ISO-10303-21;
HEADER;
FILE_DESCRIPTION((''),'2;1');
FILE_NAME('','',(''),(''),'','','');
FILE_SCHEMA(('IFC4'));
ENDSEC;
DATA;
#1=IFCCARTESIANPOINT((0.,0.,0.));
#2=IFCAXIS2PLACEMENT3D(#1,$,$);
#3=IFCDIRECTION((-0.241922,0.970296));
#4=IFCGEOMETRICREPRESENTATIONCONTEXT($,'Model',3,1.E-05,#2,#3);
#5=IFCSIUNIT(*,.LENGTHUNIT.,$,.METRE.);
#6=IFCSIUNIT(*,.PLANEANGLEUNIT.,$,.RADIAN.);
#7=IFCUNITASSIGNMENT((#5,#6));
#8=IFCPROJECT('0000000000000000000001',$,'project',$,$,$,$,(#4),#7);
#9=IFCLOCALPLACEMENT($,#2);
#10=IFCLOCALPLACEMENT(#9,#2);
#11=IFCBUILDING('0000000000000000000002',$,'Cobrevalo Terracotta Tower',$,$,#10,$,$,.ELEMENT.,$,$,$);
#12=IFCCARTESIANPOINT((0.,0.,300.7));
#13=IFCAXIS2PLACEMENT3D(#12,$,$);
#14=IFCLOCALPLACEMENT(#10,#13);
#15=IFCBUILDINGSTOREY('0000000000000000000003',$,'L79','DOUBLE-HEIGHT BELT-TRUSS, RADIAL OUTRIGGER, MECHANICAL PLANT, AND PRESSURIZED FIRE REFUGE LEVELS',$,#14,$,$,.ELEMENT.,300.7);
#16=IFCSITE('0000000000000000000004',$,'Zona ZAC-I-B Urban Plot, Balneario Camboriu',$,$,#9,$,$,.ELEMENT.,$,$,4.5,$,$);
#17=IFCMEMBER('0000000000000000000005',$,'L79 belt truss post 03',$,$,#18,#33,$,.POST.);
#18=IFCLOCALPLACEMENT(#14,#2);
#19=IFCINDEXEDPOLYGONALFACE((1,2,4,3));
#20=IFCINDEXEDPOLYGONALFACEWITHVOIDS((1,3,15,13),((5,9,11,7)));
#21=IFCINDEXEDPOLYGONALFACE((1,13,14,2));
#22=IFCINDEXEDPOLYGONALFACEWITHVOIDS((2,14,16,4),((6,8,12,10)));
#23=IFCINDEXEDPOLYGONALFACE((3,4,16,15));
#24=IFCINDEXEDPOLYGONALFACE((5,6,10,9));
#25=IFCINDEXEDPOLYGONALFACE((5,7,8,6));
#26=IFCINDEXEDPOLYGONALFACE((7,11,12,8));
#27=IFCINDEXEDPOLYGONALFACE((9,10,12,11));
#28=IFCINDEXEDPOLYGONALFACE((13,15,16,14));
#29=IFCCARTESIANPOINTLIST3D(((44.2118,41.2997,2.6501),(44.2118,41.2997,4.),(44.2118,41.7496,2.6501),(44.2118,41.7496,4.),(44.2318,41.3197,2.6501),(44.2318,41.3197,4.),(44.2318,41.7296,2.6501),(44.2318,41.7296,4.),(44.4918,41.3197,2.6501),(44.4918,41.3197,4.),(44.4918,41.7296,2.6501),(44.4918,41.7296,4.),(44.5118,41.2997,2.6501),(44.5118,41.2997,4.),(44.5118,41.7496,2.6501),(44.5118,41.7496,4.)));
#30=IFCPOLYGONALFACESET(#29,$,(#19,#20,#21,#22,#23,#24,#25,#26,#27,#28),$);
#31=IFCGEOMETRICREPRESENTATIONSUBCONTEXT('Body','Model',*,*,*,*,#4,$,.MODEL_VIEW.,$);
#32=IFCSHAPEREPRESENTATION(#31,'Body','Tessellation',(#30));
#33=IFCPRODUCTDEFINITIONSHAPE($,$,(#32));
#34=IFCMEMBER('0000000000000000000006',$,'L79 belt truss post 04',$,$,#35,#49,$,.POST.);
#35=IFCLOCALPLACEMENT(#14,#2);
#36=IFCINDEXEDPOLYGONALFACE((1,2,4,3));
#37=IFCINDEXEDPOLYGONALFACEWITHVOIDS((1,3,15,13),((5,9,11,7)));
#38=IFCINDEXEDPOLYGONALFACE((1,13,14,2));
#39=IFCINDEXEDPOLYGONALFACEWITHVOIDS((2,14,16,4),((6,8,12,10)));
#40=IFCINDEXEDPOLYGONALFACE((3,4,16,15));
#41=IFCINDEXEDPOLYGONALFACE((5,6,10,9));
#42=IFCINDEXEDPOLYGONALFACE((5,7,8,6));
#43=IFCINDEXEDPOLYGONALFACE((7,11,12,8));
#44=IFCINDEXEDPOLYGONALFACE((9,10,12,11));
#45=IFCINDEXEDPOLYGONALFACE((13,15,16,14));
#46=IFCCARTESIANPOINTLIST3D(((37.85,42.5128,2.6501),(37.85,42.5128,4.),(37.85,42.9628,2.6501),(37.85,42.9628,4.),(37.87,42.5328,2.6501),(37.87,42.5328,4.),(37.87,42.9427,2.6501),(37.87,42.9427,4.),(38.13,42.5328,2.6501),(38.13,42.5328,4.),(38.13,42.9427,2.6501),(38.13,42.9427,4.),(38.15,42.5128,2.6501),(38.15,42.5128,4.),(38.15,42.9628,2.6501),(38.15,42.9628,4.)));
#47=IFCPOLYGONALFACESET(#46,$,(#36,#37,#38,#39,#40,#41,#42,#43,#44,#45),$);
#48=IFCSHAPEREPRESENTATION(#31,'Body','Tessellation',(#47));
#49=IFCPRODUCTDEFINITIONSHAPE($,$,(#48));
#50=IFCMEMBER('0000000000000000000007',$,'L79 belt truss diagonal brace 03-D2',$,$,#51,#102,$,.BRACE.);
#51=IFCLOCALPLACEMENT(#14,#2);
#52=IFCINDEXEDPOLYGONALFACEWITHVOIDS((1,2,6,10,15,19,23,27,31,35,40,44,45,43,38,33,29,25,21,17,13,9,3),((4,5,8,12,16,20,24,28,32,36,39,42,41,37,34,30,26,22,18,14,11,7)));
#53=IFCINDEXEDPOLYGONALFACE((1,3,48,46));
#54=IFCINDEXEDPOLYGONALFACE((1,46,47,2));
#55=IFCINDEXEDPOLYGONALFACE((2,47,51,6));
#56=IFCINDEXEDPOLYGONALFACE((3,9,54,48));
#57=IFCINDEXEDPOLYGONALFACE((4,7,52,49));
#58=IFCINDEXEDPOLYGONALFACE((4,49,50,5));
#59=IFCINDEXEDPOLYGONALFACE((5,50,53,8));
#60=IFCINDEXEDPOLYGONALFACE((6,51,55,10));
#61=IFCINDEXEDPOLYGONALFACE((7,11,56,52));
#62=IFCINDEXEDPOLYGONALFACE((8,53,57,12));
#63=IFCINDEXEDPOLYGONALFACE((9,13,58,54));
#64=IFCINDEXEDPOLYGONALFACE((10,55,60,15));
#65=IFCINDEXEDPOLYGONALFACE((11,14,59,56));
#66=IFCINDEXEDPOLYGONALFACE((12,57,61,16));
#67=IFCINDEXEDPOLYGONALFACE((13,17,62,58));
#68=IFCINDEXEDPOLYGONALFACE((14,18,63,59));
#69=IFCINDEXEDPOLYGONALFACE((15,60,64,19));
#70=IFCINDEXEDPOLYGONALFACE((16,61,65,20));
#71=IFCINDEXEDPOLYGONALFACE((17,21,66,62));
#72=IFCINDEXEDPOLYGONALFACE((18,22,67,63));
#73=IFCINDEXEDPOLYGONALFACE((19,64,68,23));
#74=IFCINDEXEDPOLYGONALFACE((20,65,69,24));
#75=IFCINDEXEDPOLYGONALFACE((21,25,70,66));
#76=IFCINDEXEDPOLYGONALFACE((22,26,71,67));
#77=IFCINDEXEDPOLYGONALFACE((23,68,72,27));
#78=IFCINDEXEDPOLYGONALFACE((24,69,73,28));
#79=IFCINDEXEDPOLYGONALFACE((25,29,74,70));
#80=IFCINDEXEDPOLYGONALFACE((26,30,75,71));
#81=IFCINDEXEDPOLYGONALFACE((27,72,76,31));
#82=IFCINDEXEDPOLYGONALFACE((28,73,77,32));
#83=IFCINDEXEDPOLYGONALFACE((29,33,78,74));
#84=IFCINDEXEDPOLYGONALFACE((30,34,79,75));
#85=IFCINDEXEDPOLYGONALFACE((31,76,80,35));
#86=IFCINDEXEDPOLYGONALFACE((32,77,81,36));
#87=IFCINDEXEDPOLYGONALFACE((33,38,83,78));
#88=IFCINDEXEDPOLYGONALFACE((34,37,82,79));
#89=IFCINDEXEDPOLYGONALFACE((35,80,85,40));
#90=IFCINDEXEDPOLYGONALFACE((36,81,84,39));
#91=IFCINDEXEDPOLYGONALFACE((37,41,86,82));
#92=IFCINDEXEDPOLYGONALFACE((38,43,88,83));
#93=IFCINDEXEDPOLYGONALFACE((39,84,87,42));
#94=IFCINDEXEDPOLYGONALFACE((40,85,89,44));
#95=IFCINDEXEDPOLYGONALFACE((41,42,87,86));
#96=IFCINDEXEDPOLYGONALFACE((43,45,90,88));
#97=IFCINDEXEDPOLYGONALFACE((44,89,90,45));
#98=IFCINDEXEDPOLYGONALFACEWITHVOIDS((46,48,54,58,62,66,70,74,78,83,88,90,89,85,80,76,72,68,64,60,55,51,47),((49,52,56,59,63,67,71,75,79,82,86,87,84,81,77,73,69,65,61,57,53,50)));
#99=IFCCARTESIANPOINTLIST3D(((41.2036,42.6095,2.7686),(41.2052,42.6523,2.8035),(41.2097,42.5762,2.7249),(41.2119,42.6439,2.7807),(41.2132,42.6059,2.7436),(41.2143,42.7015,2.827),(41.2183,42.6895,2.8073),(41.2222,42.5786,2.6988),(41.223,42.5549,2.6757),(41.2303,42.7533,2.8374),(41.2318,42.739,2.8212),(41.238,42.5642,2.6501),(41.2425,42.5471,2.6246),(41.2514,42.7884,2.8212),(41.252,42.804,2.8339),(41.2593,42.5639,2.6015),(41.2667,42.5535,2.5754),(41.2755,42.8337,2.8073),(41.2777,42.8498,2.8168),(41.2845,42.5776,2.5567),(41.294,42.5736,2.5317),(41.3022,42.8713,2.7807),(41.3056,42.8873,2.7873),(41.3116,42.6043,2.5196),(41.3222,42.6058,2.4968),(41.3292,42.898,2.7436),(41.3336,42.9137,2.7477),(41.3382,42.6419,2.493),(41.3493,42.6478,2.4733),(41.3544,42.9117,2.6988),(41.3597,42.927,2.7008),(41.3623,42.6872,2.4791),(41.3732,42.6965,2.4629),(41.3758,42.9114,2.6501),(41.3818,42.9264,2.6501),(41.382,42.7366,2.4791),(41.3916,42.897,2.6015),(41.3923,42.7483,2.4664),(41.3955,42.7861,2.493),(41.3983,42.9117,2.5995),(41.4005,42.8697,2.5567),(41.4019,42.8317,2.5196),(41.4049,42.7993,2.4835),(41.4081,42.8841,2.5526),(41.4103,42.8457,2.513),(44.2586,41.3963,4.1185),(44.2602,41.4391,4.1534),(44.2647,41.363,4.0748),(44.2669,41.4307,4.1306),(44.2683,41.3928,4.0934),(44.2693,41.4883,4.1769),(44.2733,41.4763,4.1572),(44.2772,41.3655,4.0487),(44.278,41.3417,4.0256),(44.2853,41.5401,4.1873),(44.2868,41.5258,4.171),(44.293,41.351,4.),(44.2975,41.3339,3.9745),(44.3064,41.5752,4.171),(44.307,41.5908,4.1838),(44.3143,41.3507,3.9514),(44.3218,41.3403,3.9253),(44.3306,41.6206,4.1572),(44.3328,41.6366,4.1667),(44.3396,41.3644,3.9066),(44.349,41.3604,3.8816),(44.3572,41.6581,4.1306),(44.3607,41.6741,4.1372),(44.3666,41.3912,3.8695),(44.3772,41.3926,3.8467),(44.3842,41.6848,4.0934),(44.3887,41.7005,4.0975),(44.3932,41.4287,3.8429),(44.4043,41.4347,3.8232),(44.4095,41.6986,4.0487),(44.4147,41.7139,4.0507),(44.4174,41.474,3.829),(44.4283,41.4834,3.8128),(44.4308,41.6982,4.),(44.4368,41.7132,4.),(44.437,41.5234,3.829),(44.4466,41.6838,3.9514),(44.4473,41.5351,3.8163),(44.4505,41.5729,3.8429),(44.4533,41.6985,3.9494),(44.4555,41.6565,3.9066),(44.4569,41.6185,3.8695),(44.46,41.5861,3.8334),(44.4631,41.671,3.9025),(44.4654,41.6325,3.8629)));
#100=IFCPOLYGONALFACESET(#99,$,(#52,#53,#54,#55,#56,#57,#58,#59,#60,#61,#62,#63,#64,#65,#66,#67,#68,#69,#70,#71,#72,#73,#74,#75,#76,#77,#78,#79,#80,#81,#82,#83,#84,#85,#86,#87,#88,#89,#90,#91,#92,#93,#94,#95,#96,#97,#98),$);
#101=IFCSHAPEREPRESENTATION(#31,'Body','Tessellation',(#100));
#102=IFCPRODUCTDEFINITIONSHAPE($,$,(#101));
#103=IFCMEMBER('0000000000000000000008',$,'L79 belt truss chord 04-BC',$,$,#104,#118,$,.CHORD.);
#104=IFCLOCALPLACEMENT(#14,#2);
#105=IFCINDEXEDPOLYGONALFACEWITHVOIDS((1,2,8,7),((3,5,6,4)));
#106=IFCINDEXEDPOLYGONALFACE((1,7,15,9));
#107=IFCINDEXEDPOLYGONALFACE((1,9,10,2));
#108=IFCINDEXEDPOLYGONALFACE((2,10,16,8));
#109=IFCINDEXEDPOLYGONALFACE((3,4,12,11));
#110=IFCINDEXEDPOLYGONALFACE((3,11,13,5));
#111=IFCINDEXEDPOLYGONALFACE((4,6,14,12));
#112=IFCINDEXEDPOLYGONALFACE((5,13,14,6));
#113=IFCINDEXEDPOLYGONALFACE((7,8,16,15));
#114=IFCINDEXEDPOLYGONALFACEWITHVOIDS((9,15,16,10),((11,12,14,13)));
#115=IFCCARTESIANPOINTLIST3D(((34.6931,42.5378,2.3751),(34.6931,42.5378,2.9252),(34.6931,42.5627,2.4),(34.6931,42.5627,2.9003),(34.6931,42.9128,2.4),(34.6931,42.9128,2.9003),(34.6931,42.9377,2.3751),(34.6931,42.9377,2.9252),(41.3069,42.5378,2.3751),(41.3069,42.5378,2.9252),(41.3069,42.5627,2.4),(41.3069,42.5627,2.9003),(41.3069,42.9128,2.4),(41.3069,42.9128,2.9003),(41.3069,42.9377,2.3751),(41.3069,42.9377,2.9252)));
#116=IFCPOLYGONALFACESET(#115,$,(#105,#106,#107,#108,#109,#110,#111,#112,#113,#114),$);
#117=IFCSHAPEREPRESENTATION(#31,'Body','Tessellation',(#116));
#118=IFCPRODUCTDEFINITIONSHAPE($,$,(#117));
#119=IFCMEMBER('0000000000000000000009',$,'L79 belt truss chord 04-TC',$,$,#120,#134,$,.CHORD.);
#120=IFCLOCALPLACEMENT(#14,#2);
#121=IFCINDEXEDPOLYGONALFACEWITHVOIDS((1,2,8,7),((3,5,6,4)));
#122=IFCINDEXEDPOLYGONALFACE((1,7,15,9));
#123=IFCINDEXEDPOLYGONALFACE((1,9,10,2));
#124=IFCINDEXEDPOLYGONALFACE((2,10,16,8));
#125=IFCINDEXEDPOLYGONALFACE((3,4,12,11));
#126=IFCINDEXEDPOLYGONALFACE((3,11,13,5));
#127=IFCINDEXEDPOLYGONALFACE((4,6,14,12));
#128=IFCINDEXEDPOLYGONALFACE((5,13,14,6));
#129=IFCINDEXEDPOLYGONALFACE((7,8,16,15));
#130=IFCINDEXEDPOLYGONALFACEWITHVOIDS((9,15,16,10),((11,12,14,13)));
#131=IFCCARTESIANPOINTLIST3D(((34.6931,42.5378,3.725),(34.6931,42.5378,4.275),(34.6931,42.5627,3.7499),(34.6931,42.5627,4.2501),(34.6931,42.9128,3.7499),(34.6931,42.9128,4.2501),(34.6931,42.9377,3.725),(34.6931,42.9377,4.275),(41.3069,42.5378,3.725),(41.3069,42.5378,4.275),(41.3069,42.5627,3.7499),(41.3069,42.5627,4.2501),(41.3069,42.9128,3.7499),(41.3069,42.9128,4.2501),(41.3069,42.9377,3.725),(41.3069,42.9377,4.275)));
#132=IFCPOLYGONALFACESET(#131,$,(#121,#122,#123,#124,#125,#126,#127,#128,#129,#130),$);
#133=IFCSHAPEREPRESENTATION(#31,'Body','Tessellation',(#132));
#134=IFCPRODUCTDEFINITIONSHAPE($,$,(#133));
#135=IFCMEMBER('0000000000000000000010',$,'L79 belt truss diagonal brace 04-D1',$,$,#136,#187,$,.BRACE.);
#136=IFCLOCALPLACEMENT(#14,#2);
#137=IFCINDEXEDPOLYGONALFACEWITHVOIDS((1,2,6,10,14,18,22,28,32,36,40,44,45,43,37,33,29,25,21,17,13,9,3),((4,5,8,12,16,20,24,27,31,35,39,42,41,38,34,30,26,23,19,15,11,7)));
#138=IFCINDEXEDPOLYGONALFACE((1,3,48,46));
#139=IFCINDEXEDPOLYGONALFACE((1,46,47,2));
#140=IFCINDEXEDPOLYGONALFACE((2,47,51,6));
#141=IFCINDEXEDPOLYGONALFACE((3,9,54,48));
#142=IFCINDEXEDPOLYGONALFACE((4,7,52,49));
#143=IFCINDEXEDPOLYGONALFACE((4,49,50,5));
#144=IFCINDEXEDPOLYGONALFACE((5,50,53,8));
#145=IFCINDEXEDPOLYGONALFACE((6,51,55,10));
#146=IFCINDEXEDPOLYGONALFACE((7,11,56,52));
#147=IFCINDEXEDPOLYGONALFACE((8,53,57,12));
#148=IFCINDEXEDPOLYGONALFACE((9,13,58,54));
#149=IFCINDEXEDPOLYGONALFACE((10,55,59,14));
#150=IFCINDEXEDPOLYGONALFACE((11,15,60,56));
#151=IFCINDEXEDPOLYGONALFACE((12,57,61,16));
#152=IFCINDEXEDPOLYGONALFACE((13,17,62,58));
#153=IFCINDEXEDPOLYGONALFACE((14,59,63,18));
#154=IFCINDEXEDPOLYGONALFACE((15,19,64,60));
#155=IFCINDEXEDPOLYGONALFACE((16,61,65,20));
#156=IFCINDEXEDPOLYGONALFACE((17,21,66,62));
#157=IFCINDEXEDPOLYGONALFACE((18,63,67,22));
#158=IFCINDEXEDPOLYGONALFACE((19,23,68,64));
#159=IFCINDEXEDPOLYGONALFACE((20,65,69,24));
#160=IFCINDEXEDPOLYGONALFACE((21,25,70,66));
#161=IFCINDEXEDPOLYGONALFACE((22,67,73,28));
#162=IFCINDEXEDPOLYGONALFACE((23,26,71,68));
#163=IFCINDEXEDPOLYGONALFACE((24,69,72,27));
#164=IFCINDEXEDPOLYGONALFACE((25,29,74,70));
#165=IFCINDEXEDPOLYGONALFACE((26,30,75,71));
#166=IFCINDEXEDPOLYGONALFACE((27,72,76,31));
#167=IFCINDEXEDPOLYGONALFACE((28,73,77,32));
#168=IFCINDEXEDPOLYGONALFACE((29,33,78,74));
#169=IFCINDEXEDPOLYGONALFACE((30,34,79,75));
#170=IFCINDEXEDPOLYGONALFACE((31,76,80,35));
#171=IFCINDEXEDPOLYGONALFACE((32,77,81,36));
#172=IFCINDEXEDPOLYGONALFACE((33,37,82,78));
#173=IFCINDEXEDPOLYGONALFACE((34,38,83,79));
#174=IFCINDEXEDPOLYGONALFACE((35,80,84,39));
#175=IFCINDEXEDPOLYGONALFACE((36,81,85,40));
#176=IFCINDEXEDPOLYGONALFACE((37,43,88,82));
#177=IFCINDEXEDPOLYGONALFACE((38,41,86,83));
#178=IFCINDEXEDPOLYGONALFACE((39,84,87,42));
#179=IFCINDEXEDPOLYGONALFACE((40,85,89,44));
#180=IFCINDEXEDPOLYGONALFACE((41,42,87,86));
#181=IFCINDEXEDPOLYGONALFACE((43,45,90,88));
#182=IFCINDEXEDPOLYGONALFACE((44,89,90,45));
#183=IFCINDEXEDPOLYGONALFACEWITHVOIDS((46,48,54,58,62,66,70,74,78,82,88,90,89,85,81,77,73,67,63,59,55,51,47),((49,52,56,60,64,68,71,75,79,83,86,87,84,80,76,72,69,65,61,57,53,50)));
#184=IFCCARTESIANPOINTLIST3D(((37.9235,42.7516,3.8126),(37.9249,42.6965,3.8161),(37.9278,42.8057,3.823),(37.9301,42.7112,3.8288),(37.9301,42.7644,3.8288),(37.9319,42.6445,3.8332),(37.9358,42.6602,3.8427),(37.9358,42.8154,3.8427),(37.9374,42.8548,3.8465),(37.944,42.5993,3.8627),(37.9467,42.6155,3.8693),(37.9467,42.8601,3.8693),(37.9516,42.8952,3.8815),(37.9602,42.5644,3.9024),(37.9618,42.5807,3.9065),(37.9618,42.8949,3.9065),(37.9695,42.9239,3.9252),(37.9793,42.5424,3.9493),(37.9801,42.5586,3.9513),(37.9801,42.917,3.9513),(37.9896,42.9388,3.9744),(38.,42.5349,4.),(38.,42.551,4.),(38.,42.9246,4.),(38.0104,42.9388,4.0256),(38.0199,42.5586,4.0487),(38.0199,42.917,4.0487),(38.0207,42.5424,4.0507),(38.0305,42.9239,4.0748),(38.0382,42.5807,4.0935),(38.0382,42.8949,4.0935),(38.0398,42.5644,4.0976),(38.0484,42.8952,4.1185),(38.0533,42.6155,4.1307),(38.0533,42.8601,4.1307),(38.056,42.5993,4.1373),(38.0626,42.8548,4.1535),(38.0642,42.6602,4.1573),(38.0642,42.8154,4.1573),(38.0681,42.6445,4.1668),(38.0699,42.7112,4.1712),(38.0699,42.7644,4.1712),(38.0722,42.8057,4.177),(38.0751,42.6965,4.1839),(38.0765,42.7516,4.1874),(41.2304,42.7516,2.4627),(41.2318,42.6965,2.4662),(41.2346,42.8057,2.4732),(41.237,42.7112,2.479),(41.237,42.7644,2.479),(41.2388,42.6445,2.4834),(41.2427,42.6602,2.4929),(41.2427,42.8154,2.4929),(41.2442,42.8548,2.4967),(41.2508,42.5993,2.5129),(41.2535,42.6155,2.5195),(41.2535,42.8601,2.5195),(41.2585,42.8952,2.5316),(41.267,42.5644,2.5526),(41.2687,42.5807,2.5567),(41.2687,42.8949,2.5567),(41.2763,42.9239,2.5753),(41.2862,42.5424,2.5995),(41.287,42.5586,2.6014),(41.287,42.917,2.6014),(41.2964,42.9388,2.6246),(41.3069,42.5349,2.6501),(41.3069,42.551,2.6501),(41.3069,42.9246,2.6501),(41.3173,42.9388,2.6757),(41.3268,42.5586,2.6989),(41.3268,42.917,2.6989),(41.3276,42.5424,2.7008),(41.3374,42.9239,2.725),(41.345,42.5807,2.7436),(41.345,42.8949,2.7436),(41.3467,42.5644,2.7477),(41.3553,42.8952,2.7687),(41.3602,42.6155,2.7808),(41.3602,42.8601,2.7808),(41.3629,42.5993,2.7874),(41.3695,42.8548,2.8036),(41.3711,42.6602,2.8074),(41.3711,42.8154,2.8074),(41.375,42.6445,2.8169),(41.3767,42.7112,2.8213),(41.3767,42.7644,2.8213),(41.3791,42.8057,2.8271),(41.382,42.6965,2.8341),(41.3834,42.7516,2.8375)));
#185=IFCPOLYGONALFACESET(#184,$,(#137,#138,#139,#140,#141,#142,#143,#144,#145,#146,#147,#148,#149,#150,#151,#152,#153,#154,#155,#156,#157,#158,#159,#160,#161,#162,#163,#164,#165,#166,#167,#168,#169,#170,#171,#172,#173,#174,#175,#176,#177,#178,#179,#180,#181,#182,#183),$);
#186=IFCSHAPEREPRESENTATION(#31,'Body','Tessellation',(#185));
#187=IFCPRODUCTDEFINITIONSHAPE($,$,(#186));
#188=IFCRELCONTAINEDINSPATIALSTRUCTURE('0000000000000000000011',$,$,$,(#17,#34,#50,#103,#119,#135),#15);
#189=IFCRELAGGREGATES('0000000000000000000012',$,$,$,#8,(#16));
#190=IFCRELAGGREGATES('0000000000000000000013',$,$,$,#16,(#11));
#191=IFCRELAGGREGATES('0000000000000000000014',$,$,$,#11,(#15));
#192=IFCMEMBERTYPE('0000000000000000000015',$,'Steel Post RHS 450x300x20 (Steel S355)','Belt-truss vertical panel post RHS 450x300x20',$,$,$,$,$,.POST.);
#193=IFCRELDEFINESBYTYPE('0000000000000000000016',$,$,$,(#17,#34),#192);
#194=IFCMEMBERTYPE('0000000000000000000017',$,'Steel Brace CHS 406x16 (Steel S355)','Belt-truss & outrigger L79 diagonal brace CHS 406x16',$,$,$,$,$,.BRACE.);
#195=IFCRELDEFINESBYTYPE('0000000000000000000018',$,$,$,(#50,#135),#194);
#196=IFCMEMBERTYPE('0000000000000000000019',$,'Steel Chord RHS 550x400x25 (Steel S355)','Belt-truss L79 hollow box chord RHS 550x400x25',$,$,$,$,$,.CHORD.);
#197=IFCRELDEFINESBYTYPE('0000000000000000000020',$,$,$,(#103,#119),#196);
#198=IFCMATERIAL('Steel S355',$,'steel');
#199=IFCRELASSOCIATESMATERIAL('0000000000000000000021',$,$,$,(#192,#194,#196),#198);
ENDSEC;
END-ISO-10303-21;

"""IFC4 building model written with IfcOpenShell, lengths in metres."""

from ifc_helpers import new_model, si_unit, direction, frame, origin, origin_2d, place, context, subcontext, project, spatial, hollow_rectangle, hollow_circle, extrude, source, transform, mapped, material, material_profile, profile_set, type_object, element, save


model = new_model("IFC4")

# Units and contexts
model_context = context("Model", 3, precision=1e-05, world=origin(), true_north=direction((-0.241922, 0.970296)))
body_context = subcontext(model_context, "Body", "Model", "MODEL_VIEW")
ifc_project = project(units=[si_unit("LENGTHUNIT", "METRE"), si_unit("PLANEANGLEUNIT", "RADIAN")], contexts=[model_context])

# Site, building, storey
site_placement = place(None, origin())
site = spatial("IfcSite", under=ifc_project, at=site_placement, Name="Zona ZAC-I-B Urban Plot, Balneario Camboriu", CompositionType="ELEMENT", RefElevation=4.5)
building_placement = place(site_placement, origin())
building = spatial("IfcBuilding", under=site, at=building_placement, Name="Cobrevalo Terracotta Tower", CompositionType="ELEMENT")
storey_placement = place(building_placement, frame((0.0, 0.0, 300.7)))
storey = spatial("IfcBuildingStorey", under=building, at=storey_placement, Name="L79", Description="DOUBLE-HEIGHT BELT-TRUSS, RADIAL OUTRIGGER, MECHANICAL PLANT, AND PRESSURIZED FIRE REFUGE LEVELS", CompositionType="ELEMENT", Elevation=300.7)

# Shared definitions
ifc_material_1 = material(Name="Steel S355", Category="steel")

# Members
ifc_material_profile_1 = material_profile(ifc_material_1, hollow_rectangle(XDim=0.3, YDim=0.45, WallThickness=0.02, at=origin_2d()), Name="RHS 450x300x20")
ifc_profile_set_1 = profile_set([ifc_material_profile_1], Name="Steel S355")
member_type_1 = type_object("IfcMemberType", Name="Steel Post RHS 450x300x20 (Steel S355)", Description="Belt-truss vertical panel post RHS 450x300x20", PredefinedType="POST", material=ifc_profile_set_1)
shared_shape_1 = source(origin(), body_context, "Body", "SweptSolid", [
    extrude(hollow_rectangle(XDim=0.3, YDim=0.45, WallThickness=0.02, at=origin_2d()), origin(), (0.0, 0.0, 1.0), 1.3499),
])
for number, where, z_axis, x_axis, name in (
    (1, (44.3618, 41.5247, 2.6501), (0.0, 0.0, 1.0), (1.0, 0.0, 0.0), "L79 belt truss post 03"),
    (2, (38.0, 42.7378, 2.6501), (0.0, 0.0, 1.0), (1.0, 0.0, 0.0), "L79 belt truss post 04"),
):
    element("IfcMember", number, at=place(storey_placement, frame(where, z_axis=z_axis, x_axis=x_axis)), inside=storey, type_object=member_type_1, Name=name, PredefinedType="POST", context=body_context, shape_type="MappedRepresentation", body=[
        mapped(shared_shape_1, transform((0.0, 0.0, 0.0), scale=1.0)),
    ])
ifc_material_profile_2 = material_profile(ifc_material_1, hollow_circle(Radius=0.2029, WallThickness=0.0161, at=origin_2d()), Name="CHS 406x16")
ifc_profile_set_2 = profile_set([ifc_material_profile_2], Name="Steel S355")
member_type_2 = type_object("IfcMemberType", Name="Steel Brace CHS 406x16 (Steel S355)", Description="Belt-truss & outrigger L79 diagonal brace CHS 406x16", PredefinedType="BRACE", material=ifc_profile_set_2)
shared_shape_2 = source(origin(), body_context, "Body", "SweptSolid", [
    extrude(hollow_circle(Radius=0.2029, WallThickness=0.0161, at=origin_2d()), origin(), (0.0, 0.0, 1.0), 3.5535),
])
member_1_placement = place(storey_placement, frame((41.3069, 42.7378, 2.6501), z_axis=(0.859729, -0.341404, 0.37988), x_axis=(0.369072, 0.929401, 0.0)))
element("IfcMember", 3, at=member_1_placement, inside=storey, type_object=member_type_2, Name="L79 belt truss diagonal brace 03-D2", PredefinedType="BRACE", context=body_context, shape_type="MappedRepresentation", body=[
    mapped(shared_shape_2, transform((0.0, 0.0, 0.0), scale=1.0)),
])
ifc_material_profile_3 = material_profile(ifc_material_1, hollow_rectangle(XDim=0.3999, YDim=0.55, WallThickness=0.0249, at=origin_2d()), Name="RHS 550x400x25")
ifc_profile_set_3 = profile_set([ifc_material_profile_3], Name="Steel S355")
member_type_3 = type_object("IfcMemberType", Name="Steel Chord RHS 550x400x25 (Steel S355)", Description="Belt-truss L79 hollow box chord RHS 550x400x25", PredefinedType="CHORD", material=ifc_profile_set_3)
shared_shape_3 = source(origin(), body_context, "Body", "SweptSolid", [
    extrude(hollow_rectangle(XDim=0.3999, YDim=0.55, WallThickness=0.0249, at=origin_2d()), origin(), (0.0, 0.0, 1.0), 6.6138),
])
for number, where, z_axis, x_axis, name in (
    (4, (41.3069, 42.7378, 2.6501), (-1.0, 0.0, 0.0), (0.0, -1.0, 0.0), "L79 belt truss chord 04-BC"),
    (5, (41.3069, 42.7378, 4.0), (-1.0, 0.0, 0.0), (0.0, -1.0, 0.0), "L79 belt truss chord 04-TC"),
):
    element("IfcMember", number, at=place(storey_placement, frame(where, z_axis=z_axis, x_axis=x_axis)), inside=storey, type_object=member_type_3, Name=name, PredefinedType="CHORD", context=body_context, shape_type="MappedRepresentation", body=[
        mapped(shared_shape_3, transform((0.0, 0.0, 0.0), scale=1.0)),
    ])
shared_shape_4 = source(origin(), body_context, "Body", "SweptSolid", [
    extrude(hollow_circle(Radius=0.2029, WallThickness=0.0161, at=origin_2d()), origin(), (0.0, 0.0, 1.0), 3.5718),
])
member_2_placement = place(storey_placement, frame((41.3069, 42.7378, 2.6501), z_axis=(-0.925837, 0.0, 0.377922), x_axis=(0.0, -1.0, 0.0)))
element("IfcMember", 6, at=member_2_placement, inside=storey, type_object=member_type_2, Name="L79 belt truss diagonal brace 04-D1", PredefinedType="BRACE", context=body_context, shape_type="MappedRepresentation", body=[
    mapped(shared_shape_4, transform((0.0, 0.0, 0.0), scale=1.0)),
])

save(model, "model.ifc")
